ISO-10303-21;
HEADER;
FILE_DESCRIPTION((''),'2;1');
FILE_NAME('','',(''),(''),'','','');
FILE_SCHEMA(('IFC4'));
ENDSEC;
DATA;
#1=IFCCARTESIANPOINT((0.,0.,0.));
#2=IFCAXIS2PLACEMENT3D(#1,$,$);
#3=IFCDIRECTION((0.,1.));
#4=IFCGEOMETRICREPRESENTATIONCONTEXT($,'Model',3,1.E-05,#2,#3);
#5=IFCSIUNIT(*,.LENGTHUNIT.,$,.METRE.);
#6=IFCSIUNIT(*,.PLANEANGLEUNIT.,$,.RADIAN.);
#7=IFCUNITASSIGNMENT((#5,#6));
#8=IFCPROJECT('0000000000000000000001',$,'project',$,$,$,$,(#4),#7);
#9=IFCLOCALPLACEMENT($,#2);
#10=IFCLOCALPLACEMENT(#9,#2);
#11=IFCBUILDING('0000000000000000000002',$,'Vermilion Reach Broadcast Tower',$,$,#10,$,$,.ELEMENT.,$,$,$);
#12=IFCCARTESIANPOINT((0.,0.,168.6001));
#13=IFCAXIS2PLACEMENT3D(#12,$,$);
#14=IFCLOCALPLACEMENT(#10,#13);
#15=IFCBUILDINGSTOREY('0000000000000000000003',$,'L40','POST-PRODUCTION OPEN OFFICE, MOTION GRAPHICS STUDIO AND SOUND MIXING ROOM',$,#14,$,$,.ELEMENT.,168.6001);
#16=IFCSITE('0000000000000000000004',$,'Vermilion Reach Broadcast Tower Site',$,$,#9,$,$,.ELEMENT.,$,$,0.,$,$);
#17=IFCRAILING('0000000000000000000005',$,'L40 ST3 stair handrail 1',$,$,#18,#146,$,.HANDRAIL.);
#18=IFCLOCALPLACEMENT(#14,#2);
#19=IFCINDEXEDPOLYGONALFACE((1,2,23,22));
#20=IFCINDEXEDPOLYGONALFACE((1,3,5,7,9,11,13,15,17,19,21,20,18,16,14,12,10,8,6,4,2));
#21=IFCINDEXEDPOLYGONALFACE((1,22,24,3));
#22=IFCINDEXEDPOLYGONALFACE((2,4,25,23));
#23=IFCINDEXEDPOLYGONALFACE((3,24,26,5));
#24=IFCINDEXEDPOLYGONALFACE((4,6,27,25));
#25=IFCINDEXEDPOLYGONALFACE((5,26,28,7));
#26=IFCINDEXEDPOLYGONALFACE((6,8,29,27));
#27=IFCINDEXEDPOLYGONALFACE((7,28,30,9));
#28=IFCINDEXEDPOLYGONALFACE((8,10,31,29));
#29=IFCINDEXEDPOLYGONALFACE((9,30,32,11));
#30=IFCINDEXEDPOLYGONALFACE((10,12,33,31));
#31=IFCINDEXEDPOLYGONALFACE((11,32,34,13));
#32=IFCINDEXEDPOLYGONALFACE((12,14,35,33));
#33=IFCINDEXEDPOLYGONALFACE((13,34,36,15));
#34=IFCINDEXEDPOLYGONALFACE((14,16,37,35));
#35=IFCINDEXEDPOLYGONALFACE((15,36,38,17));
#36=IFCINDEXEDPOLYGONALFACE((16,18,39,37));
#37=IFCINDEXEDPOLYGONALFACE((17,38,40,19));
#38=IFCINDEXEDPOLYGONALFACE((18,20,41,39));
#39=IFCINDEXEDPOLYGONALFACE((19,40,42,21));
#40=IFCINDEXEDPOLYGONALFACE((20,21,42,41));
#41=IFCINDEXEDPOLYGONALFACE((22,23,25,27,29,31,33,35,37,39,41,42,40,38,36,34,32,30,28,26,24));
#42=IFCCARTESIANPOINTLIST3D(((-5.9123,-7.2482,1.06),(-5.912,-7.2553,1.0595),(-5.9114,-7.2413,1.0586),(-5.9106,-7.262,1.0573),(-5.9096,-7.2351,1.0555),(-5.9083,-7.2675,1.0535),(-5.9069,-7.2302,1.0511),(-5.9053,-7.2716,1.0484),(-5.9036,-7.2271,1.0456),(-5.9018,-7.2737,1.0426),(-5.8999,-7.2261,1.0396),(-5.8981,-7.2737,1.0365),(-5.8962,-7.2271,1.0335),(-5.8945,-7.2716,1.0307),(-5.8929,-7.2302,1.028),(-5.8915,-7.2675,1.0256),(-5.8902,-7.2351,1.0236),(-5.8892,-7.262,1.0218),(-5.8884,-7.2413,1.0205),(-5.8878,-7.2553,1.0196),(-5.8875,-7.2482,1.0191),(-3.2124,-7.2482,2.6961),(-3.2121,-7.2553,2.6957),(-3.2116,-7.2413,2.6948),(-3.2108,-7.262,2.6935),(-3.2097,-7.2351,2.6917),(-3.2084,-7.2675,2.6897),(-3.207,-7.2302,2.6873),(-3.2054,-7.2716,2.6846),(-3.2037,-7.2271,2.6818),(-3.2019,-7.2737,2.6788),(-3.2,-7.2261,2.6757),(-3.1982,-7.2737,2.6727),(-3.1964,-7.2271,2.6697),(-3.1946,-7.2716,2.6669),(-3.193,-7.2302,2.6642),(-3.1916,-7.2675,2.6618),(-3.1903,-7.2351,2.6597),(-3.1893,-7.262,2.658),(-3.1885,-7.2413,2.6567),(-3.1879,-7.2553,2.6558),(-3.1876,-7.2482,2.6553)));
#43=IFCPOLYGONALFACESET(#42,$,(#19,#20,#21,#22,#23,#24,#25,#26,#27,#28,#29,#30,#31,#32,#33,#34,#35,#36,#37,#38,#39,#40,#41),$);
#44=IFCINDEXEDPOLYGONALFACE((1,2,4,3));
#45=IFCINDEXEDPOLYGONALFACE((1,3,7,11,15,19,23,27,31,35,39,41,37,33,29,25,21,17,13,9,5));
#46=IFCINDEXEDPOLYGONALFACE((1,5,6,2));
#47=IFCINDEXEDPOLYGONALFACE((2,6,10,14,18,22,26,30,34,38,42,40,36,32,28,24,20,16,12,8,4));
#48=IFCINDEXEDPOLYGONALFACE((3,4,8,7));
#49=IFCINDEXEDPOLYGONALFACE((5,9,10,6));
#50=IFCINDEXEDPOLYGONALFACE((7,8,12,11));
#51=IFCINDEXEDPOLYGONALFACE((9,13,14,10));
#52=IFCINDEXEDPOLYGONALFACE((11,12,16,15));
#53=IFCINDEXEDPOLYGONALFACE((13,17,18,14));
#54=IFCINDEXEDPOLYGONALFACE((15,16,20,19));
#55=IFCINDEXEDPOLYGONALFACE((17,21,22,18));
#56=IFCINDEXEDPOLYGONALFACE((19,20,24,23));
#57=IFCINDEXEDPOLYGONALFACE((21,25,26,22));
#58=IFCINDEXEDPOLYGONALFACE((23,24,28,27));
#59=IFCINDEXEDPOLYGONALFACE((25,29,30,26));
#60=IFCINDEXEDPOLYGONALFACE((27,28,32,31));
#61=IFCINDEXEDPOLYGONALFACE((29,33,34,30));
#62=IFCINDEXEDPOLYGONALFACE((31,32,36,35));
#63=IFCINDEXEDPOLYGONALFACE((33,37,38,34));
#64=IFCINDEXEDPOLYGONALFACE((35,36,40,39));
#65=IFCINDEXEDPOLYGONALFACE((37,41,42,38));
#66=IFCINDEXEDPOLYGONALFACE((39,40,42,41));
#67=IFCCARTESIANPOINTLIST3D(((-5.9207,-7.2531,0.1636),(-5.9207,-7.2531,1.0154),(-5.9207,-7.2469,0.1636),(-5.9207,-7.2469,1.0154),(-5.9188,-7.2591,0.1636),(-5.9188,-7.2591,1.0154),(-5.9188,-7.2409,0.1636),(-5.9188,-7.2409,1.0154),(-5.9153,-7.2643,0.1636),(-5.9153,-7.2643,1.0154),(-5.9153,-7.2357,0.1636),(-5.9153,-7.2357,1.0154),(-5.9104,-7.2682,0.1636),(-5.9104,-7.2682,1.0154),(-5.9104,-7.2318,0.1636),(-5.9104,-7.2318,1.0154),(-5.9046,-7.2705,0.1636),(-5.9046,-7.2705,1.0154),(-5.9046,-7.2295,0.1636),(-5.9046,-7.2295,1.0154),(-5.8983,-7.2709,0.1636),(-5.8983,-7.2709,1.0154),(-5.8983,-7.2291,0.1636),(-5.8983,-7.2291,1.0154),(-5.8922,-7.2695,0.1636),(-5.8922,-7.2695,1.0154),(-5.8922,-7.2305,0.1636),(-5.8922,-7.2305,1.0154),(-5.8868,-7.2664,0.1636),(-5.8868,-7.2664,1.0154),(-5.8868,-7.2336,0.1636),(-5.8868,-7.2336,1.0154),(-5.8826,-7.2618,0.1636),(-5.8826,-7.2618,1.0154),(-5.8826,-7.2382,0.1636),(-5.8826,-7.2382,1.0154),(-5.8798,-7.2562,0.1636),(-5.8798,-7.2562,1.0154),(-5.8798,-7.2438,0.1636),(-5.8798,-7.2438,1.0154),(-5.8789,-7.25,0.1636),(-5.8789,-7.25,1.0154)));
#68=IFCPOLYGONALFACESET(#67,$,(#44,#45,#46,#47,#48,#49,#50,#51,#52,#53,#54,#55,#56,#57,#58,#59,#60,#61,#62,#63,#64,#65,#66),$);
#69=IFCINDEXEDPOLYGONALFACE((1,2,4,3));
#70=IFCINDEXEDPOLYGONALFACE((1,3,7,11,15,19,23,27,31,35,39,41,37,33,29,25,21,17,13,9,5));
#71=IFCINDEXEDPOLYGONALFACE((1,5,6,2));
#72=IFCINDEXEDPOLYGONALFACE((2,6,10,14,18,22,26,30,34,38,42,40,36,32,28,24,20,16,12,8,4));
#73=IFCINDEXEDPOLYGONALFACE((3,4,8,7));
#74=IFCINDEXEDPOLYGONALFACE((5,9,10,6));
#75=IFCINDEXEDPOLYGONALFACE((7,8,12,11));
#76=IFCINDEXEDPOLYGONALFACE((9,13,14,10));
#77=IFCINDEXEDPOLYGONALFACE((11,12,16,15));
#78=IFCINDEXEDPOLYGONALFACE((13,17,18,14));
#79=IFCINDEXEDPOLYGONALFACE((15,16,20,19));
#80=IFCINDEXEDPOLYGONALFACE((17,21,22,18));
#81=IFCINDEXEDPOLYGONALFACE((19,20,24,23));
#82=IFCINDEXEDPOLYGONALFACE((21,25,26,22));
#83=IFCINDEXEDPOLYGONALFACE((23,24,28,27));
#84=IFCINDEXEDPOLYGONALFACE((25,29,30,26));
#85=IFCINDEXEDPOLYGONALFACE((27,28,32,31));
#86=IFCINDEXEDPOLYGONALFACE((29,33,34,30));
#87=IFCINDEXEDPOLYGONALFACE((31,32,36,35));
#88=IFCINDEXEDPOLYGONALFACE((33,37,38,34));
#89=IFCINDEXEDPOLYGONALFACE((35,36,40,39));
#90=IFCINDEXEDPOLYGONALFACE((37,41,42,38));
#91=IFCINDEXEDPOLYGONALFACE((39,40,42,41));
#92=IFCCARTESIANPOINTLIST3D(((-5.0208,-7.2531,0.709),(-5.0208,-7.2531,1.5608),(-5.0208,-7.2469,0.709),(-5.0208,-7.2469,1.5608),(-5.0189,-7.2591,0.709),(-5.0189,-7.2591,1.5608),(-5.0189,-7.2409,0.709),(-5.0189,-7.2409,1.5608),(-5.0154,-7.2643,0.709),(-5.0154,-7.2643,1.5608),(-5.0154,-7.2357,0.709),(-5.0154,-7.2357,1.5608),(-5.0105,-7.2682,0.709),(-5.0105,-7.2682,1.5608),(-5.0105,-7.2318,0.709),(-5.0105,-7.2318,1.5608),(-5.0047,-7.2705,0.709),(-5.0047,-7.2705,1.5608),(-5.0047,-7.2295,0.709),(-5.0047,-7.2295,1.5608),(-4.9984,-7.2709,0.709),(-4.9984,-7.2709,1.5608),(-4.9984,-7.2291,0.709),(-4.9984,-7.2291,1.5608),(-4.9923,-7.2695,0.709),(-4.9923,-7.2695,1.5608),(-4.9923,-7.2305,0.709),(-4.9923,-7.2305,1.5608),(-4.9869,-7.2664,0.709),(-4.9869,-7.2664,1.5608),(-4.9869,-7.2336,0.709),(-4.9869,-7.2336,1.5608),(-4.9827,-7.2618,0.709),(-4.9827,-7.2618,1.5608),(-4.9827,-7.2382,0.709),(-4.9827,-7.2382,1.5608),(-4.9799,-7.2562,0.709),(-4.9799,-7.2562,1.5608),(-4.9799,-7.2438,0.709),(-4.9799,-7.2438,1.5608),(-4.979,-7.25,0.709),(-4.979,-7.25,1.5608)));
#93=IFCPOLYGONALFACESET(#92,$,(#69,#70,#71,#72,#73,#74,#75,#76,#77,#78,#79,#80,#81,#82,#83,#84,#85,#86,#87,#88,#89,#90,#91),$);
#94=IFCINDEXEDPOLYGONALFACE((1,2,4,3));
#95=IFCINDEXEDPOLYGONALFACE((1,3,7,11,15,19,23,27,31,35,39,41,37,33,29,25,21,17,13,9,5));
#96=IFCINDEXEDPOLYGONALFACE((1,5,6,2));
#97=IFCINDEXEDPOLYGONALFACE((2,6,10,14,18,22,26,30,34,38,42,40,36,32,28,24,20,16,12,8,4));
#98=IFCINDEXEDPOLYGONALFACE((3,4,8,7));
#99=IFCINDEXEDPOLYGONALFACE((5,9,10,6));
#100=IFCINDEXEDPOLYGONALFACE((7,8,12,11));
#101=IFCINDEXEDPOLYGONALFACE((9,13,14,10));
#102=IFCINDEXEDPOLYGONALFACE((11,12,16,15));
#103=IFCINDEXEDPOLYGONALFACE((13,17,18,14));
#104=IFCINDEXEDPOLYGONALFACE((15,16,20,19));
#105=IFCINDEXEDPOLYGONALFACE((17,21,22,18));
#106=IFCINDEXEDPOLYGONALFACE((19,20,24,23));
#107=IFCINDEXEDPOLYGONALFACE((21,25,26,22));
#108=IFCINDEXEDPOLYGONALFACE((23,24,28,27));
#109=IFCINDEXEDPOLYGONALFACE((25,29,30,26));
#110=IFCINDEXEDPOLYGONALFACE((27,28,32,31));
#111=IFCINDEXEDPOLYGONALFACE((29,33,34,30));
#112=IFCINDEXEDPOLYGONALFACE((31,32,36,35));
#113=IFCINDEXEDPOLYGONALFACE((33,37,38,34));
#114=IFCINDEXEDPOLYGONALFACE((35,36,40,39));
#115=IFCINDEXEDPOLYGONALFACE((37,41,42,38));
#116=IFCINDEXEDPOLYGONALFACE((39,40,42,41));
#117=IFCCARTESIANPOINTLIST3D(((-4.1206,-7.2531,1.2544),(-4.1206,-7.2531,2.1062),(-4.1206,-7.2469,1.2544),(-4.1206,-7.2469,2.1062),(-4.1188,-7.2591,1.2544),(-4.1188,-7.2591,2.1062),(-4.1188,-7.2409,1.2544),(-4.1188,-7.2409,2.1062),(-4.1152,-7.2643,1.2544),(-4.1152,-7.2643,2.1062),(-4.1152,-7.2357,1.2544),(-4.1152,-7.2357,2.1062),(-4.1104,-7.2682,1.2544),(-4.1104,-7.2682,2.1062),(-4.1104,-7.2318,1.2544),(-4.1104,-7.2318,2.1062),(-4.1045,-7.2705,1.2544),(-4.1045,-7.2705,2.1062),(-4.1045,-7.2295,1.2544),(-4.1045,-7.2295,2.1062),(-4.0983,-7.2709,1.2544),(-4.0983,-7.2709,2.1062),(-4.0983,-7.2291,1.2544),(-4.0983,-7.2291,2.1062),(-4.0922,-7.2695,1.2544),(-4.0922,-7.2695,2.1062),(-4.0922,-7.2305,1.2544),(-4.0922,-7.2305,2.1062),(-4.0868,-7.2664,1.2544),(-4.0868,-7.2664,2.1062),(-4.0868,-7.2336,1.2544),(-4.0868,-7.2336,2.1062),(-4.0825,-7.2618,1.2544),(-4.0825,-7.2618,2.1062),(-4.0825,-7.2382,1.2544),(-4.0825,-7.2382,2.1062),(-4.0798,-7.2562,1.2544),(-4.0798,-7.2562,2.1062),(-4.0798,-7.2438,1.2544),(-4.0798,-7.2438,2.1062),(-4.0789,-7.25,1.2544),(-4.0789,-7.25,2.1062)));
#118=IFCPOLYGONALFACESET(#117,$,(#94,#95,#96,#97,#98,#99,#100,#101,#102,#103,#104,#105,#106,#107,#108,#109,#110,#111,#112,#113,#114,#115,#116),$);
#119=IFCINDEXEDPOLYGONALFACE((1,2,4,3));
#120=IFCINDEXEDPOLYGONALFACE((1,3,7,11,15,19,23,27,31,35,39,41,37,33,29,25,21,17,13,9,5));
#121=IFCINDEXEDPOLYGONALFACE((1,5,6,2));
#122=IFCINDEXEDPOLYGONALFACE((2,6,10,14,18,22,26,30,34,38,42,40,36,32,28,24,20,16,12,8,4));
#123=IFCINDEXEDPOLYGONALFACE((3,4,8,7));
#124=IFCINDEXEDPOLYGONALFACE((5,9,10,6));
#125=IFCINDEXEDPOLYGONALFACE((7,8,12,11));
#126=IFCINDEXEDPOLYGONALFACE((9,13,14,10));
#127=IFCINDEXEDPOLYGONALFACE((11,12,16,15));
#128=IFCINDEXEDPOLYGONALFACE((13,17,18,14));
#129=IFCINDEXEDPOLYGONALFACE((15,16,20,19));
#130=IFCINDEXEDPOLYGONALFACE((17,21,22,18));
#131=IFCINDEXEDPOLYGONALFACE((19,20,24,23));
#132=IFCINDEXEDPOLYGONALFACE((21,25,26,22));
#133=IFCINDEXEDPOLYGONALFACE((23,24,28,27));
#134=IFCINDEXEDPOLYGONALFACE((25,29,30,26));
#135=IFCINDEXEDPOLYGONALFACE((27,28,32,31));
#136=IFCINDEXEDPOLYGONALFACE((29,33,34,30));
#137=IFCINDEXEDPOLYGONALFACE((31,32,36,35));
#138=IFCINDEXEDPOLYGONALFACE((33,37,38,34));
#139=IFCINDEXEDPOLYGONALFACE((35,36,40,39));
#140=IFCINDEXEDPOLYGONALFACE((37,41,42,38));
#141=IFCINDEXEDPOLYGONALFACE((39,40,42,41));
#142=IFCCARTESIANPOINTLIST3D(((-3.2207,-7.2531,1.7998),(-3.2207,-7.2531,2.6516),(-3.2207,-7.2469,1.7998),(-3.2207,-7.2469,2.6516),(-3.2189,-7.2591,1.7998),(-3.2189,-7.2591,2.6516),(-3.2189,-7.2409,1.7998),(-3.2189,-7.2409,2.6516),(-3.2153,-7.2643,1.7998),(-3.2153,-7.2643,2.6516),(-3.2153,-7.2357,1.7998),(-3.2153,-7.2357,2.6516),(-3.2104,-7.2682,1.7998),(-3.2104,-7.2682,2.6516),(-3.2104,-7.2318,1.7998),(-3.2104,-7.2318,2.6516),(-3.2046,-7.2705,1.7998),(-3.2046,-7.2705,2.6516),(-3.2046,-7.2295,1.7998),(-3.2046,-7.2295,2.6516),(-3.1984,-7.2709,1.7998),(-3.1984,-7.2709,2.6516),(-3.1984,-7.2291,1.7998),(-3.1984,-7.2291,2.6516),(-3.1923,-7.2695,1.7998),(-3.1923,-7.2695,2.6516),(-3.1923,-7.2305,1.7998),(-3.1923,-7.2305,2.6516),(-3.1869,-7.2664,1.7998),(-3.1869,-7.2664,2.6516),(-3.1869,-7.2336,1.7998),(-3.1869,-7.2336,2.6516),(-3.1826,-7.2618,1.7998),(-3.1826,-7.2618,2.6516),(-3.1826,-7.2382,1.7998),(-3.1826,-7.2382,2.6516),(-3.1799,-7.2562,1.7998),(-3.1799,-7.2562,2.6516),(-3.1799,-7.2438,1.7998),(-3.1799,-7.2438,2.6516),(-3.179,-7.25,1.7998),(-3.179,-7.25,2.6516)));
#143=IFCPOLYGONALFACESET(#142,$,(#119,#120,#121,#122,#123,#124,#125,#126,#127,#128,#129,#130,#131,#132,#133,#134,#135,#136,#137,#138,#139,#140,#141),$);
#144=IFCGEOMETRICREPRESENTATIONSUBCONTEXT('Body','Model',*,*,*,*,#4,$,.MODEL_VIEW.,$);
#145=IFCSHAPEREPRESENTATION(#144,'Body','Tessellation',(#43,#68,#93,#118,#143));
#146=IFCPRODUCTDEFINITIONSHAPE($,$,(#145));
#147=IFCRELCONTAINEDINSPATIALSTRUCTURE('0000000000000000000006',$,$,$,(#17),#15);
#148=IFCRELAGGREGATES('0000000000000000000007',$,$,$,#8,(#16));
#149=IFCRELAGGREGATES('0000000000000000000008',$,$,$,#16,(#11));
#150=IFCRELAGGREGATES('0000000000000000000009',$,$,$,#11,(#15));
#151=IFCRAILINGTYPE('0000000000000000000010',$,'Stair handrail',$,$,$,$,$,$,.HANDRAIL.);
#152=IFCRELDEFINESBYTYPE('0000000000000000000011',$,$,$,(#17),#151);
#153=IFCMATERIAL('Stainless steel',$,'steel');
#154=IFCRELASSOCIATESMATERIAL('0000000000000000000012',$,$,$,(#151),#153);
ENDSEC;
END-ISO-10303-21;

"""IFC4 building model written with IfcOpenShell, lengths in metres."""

from ifc_helpers import new_model, si_unit, direction, frame, origin, origin_2d, place, context, subcontext, project, spatial, circle, extrude, material, type_object, element, save


model = new_model("IFC4")

# Units and contexts
model_context = context("Model", 3, precision=1e-05, world=origin(), true_north=direction((0.0, 1.0)))
body_context = subcontext(model_context, "Body", "Model", "MODEL_VIEW")
ifc_project = project(units=[si_unit("LENGTHUNIT", "METRE"), si_unit("PLANEANGLEUNIT", "RADIAN")], contexts=[model_context])

# Site, building, storey
site_placement = place(None, origin())
site = spatial("IfcSite", under=ifc_project, at=site_placement, Name="Vermilion Reach Broadcast Tower Site", CompositionType="ELEMENT", RefElevation=0.0)
building_placement = place(site_placement, origin())
building = spatial("IfcBuilding", under=site, at=building_placement, Name="Vermilion Reach Broadcast Tower", CompositionType="ELEMENT")
storey_placement = place(building_placement, frame((0.0, 0.0, 168.6001)))
storey = spatial("IfcBuildingStorey", under=building, at=storey_placement, Name="L40", Description="POST-PRODUCTION OPEN OFFICE, MOTION GRAPHICS STUDIO AND SOUND MIXING ROOM", CompositionType="ELEMENT", Elevation=168.6001)

# Railing
ifc_material_1 = material(Name="Stainless steel", Category="steel")
railing_type_1 = type_object("IfcRailingType", Name="Stair handrail", PredefinedType="HANDRAIL", material=ifc_material_1)
railing_1_placement = place(storey_placement, frame((-5.8999, -7.25, 0.1636)))
element("IfcRailing", 1, at=railing_1_placement, inside=storey, type_object=railing_type_1, Name="L40 ST3 stair handrail 1", PredefinedType="HANDRAIL", context=body_context, shape_type="SweptSolid", body=[
    extrude(circle(Radius=0.0239, at=origin_2d()), frame((0.0, 0.0, 0.876), z_axis=(0.855212, 0.0, 0.518278), x_axis=(0.0, 1.0, 0.0)), (0.0, 0.0, 1.0), 3.157),
    extrude(circle(Radius=0.021, at=origin_2d()), origin(), (0.0, 0.0, 1.0), 0.8518),
    extrude(circle(Radius=0.021, at=origin_2d()), frame((0.8999, 0.0, 0.5454)), (0.0, 0.0, 1.0), 0.8518),
    extrude(circle(Radius=0.021, at=origin_2d()), frame((1.8, 0.0, 1.0908)), (0.0, 0.0, 1.0), 0.8518),
    extrude(circle(Radius=0.021, at=origin_2d()), frame((2.7, 0.0, 1.6362)), (0.0, 0.0, 1.0), 0.8518),
])

save(model, "model.ifc")
